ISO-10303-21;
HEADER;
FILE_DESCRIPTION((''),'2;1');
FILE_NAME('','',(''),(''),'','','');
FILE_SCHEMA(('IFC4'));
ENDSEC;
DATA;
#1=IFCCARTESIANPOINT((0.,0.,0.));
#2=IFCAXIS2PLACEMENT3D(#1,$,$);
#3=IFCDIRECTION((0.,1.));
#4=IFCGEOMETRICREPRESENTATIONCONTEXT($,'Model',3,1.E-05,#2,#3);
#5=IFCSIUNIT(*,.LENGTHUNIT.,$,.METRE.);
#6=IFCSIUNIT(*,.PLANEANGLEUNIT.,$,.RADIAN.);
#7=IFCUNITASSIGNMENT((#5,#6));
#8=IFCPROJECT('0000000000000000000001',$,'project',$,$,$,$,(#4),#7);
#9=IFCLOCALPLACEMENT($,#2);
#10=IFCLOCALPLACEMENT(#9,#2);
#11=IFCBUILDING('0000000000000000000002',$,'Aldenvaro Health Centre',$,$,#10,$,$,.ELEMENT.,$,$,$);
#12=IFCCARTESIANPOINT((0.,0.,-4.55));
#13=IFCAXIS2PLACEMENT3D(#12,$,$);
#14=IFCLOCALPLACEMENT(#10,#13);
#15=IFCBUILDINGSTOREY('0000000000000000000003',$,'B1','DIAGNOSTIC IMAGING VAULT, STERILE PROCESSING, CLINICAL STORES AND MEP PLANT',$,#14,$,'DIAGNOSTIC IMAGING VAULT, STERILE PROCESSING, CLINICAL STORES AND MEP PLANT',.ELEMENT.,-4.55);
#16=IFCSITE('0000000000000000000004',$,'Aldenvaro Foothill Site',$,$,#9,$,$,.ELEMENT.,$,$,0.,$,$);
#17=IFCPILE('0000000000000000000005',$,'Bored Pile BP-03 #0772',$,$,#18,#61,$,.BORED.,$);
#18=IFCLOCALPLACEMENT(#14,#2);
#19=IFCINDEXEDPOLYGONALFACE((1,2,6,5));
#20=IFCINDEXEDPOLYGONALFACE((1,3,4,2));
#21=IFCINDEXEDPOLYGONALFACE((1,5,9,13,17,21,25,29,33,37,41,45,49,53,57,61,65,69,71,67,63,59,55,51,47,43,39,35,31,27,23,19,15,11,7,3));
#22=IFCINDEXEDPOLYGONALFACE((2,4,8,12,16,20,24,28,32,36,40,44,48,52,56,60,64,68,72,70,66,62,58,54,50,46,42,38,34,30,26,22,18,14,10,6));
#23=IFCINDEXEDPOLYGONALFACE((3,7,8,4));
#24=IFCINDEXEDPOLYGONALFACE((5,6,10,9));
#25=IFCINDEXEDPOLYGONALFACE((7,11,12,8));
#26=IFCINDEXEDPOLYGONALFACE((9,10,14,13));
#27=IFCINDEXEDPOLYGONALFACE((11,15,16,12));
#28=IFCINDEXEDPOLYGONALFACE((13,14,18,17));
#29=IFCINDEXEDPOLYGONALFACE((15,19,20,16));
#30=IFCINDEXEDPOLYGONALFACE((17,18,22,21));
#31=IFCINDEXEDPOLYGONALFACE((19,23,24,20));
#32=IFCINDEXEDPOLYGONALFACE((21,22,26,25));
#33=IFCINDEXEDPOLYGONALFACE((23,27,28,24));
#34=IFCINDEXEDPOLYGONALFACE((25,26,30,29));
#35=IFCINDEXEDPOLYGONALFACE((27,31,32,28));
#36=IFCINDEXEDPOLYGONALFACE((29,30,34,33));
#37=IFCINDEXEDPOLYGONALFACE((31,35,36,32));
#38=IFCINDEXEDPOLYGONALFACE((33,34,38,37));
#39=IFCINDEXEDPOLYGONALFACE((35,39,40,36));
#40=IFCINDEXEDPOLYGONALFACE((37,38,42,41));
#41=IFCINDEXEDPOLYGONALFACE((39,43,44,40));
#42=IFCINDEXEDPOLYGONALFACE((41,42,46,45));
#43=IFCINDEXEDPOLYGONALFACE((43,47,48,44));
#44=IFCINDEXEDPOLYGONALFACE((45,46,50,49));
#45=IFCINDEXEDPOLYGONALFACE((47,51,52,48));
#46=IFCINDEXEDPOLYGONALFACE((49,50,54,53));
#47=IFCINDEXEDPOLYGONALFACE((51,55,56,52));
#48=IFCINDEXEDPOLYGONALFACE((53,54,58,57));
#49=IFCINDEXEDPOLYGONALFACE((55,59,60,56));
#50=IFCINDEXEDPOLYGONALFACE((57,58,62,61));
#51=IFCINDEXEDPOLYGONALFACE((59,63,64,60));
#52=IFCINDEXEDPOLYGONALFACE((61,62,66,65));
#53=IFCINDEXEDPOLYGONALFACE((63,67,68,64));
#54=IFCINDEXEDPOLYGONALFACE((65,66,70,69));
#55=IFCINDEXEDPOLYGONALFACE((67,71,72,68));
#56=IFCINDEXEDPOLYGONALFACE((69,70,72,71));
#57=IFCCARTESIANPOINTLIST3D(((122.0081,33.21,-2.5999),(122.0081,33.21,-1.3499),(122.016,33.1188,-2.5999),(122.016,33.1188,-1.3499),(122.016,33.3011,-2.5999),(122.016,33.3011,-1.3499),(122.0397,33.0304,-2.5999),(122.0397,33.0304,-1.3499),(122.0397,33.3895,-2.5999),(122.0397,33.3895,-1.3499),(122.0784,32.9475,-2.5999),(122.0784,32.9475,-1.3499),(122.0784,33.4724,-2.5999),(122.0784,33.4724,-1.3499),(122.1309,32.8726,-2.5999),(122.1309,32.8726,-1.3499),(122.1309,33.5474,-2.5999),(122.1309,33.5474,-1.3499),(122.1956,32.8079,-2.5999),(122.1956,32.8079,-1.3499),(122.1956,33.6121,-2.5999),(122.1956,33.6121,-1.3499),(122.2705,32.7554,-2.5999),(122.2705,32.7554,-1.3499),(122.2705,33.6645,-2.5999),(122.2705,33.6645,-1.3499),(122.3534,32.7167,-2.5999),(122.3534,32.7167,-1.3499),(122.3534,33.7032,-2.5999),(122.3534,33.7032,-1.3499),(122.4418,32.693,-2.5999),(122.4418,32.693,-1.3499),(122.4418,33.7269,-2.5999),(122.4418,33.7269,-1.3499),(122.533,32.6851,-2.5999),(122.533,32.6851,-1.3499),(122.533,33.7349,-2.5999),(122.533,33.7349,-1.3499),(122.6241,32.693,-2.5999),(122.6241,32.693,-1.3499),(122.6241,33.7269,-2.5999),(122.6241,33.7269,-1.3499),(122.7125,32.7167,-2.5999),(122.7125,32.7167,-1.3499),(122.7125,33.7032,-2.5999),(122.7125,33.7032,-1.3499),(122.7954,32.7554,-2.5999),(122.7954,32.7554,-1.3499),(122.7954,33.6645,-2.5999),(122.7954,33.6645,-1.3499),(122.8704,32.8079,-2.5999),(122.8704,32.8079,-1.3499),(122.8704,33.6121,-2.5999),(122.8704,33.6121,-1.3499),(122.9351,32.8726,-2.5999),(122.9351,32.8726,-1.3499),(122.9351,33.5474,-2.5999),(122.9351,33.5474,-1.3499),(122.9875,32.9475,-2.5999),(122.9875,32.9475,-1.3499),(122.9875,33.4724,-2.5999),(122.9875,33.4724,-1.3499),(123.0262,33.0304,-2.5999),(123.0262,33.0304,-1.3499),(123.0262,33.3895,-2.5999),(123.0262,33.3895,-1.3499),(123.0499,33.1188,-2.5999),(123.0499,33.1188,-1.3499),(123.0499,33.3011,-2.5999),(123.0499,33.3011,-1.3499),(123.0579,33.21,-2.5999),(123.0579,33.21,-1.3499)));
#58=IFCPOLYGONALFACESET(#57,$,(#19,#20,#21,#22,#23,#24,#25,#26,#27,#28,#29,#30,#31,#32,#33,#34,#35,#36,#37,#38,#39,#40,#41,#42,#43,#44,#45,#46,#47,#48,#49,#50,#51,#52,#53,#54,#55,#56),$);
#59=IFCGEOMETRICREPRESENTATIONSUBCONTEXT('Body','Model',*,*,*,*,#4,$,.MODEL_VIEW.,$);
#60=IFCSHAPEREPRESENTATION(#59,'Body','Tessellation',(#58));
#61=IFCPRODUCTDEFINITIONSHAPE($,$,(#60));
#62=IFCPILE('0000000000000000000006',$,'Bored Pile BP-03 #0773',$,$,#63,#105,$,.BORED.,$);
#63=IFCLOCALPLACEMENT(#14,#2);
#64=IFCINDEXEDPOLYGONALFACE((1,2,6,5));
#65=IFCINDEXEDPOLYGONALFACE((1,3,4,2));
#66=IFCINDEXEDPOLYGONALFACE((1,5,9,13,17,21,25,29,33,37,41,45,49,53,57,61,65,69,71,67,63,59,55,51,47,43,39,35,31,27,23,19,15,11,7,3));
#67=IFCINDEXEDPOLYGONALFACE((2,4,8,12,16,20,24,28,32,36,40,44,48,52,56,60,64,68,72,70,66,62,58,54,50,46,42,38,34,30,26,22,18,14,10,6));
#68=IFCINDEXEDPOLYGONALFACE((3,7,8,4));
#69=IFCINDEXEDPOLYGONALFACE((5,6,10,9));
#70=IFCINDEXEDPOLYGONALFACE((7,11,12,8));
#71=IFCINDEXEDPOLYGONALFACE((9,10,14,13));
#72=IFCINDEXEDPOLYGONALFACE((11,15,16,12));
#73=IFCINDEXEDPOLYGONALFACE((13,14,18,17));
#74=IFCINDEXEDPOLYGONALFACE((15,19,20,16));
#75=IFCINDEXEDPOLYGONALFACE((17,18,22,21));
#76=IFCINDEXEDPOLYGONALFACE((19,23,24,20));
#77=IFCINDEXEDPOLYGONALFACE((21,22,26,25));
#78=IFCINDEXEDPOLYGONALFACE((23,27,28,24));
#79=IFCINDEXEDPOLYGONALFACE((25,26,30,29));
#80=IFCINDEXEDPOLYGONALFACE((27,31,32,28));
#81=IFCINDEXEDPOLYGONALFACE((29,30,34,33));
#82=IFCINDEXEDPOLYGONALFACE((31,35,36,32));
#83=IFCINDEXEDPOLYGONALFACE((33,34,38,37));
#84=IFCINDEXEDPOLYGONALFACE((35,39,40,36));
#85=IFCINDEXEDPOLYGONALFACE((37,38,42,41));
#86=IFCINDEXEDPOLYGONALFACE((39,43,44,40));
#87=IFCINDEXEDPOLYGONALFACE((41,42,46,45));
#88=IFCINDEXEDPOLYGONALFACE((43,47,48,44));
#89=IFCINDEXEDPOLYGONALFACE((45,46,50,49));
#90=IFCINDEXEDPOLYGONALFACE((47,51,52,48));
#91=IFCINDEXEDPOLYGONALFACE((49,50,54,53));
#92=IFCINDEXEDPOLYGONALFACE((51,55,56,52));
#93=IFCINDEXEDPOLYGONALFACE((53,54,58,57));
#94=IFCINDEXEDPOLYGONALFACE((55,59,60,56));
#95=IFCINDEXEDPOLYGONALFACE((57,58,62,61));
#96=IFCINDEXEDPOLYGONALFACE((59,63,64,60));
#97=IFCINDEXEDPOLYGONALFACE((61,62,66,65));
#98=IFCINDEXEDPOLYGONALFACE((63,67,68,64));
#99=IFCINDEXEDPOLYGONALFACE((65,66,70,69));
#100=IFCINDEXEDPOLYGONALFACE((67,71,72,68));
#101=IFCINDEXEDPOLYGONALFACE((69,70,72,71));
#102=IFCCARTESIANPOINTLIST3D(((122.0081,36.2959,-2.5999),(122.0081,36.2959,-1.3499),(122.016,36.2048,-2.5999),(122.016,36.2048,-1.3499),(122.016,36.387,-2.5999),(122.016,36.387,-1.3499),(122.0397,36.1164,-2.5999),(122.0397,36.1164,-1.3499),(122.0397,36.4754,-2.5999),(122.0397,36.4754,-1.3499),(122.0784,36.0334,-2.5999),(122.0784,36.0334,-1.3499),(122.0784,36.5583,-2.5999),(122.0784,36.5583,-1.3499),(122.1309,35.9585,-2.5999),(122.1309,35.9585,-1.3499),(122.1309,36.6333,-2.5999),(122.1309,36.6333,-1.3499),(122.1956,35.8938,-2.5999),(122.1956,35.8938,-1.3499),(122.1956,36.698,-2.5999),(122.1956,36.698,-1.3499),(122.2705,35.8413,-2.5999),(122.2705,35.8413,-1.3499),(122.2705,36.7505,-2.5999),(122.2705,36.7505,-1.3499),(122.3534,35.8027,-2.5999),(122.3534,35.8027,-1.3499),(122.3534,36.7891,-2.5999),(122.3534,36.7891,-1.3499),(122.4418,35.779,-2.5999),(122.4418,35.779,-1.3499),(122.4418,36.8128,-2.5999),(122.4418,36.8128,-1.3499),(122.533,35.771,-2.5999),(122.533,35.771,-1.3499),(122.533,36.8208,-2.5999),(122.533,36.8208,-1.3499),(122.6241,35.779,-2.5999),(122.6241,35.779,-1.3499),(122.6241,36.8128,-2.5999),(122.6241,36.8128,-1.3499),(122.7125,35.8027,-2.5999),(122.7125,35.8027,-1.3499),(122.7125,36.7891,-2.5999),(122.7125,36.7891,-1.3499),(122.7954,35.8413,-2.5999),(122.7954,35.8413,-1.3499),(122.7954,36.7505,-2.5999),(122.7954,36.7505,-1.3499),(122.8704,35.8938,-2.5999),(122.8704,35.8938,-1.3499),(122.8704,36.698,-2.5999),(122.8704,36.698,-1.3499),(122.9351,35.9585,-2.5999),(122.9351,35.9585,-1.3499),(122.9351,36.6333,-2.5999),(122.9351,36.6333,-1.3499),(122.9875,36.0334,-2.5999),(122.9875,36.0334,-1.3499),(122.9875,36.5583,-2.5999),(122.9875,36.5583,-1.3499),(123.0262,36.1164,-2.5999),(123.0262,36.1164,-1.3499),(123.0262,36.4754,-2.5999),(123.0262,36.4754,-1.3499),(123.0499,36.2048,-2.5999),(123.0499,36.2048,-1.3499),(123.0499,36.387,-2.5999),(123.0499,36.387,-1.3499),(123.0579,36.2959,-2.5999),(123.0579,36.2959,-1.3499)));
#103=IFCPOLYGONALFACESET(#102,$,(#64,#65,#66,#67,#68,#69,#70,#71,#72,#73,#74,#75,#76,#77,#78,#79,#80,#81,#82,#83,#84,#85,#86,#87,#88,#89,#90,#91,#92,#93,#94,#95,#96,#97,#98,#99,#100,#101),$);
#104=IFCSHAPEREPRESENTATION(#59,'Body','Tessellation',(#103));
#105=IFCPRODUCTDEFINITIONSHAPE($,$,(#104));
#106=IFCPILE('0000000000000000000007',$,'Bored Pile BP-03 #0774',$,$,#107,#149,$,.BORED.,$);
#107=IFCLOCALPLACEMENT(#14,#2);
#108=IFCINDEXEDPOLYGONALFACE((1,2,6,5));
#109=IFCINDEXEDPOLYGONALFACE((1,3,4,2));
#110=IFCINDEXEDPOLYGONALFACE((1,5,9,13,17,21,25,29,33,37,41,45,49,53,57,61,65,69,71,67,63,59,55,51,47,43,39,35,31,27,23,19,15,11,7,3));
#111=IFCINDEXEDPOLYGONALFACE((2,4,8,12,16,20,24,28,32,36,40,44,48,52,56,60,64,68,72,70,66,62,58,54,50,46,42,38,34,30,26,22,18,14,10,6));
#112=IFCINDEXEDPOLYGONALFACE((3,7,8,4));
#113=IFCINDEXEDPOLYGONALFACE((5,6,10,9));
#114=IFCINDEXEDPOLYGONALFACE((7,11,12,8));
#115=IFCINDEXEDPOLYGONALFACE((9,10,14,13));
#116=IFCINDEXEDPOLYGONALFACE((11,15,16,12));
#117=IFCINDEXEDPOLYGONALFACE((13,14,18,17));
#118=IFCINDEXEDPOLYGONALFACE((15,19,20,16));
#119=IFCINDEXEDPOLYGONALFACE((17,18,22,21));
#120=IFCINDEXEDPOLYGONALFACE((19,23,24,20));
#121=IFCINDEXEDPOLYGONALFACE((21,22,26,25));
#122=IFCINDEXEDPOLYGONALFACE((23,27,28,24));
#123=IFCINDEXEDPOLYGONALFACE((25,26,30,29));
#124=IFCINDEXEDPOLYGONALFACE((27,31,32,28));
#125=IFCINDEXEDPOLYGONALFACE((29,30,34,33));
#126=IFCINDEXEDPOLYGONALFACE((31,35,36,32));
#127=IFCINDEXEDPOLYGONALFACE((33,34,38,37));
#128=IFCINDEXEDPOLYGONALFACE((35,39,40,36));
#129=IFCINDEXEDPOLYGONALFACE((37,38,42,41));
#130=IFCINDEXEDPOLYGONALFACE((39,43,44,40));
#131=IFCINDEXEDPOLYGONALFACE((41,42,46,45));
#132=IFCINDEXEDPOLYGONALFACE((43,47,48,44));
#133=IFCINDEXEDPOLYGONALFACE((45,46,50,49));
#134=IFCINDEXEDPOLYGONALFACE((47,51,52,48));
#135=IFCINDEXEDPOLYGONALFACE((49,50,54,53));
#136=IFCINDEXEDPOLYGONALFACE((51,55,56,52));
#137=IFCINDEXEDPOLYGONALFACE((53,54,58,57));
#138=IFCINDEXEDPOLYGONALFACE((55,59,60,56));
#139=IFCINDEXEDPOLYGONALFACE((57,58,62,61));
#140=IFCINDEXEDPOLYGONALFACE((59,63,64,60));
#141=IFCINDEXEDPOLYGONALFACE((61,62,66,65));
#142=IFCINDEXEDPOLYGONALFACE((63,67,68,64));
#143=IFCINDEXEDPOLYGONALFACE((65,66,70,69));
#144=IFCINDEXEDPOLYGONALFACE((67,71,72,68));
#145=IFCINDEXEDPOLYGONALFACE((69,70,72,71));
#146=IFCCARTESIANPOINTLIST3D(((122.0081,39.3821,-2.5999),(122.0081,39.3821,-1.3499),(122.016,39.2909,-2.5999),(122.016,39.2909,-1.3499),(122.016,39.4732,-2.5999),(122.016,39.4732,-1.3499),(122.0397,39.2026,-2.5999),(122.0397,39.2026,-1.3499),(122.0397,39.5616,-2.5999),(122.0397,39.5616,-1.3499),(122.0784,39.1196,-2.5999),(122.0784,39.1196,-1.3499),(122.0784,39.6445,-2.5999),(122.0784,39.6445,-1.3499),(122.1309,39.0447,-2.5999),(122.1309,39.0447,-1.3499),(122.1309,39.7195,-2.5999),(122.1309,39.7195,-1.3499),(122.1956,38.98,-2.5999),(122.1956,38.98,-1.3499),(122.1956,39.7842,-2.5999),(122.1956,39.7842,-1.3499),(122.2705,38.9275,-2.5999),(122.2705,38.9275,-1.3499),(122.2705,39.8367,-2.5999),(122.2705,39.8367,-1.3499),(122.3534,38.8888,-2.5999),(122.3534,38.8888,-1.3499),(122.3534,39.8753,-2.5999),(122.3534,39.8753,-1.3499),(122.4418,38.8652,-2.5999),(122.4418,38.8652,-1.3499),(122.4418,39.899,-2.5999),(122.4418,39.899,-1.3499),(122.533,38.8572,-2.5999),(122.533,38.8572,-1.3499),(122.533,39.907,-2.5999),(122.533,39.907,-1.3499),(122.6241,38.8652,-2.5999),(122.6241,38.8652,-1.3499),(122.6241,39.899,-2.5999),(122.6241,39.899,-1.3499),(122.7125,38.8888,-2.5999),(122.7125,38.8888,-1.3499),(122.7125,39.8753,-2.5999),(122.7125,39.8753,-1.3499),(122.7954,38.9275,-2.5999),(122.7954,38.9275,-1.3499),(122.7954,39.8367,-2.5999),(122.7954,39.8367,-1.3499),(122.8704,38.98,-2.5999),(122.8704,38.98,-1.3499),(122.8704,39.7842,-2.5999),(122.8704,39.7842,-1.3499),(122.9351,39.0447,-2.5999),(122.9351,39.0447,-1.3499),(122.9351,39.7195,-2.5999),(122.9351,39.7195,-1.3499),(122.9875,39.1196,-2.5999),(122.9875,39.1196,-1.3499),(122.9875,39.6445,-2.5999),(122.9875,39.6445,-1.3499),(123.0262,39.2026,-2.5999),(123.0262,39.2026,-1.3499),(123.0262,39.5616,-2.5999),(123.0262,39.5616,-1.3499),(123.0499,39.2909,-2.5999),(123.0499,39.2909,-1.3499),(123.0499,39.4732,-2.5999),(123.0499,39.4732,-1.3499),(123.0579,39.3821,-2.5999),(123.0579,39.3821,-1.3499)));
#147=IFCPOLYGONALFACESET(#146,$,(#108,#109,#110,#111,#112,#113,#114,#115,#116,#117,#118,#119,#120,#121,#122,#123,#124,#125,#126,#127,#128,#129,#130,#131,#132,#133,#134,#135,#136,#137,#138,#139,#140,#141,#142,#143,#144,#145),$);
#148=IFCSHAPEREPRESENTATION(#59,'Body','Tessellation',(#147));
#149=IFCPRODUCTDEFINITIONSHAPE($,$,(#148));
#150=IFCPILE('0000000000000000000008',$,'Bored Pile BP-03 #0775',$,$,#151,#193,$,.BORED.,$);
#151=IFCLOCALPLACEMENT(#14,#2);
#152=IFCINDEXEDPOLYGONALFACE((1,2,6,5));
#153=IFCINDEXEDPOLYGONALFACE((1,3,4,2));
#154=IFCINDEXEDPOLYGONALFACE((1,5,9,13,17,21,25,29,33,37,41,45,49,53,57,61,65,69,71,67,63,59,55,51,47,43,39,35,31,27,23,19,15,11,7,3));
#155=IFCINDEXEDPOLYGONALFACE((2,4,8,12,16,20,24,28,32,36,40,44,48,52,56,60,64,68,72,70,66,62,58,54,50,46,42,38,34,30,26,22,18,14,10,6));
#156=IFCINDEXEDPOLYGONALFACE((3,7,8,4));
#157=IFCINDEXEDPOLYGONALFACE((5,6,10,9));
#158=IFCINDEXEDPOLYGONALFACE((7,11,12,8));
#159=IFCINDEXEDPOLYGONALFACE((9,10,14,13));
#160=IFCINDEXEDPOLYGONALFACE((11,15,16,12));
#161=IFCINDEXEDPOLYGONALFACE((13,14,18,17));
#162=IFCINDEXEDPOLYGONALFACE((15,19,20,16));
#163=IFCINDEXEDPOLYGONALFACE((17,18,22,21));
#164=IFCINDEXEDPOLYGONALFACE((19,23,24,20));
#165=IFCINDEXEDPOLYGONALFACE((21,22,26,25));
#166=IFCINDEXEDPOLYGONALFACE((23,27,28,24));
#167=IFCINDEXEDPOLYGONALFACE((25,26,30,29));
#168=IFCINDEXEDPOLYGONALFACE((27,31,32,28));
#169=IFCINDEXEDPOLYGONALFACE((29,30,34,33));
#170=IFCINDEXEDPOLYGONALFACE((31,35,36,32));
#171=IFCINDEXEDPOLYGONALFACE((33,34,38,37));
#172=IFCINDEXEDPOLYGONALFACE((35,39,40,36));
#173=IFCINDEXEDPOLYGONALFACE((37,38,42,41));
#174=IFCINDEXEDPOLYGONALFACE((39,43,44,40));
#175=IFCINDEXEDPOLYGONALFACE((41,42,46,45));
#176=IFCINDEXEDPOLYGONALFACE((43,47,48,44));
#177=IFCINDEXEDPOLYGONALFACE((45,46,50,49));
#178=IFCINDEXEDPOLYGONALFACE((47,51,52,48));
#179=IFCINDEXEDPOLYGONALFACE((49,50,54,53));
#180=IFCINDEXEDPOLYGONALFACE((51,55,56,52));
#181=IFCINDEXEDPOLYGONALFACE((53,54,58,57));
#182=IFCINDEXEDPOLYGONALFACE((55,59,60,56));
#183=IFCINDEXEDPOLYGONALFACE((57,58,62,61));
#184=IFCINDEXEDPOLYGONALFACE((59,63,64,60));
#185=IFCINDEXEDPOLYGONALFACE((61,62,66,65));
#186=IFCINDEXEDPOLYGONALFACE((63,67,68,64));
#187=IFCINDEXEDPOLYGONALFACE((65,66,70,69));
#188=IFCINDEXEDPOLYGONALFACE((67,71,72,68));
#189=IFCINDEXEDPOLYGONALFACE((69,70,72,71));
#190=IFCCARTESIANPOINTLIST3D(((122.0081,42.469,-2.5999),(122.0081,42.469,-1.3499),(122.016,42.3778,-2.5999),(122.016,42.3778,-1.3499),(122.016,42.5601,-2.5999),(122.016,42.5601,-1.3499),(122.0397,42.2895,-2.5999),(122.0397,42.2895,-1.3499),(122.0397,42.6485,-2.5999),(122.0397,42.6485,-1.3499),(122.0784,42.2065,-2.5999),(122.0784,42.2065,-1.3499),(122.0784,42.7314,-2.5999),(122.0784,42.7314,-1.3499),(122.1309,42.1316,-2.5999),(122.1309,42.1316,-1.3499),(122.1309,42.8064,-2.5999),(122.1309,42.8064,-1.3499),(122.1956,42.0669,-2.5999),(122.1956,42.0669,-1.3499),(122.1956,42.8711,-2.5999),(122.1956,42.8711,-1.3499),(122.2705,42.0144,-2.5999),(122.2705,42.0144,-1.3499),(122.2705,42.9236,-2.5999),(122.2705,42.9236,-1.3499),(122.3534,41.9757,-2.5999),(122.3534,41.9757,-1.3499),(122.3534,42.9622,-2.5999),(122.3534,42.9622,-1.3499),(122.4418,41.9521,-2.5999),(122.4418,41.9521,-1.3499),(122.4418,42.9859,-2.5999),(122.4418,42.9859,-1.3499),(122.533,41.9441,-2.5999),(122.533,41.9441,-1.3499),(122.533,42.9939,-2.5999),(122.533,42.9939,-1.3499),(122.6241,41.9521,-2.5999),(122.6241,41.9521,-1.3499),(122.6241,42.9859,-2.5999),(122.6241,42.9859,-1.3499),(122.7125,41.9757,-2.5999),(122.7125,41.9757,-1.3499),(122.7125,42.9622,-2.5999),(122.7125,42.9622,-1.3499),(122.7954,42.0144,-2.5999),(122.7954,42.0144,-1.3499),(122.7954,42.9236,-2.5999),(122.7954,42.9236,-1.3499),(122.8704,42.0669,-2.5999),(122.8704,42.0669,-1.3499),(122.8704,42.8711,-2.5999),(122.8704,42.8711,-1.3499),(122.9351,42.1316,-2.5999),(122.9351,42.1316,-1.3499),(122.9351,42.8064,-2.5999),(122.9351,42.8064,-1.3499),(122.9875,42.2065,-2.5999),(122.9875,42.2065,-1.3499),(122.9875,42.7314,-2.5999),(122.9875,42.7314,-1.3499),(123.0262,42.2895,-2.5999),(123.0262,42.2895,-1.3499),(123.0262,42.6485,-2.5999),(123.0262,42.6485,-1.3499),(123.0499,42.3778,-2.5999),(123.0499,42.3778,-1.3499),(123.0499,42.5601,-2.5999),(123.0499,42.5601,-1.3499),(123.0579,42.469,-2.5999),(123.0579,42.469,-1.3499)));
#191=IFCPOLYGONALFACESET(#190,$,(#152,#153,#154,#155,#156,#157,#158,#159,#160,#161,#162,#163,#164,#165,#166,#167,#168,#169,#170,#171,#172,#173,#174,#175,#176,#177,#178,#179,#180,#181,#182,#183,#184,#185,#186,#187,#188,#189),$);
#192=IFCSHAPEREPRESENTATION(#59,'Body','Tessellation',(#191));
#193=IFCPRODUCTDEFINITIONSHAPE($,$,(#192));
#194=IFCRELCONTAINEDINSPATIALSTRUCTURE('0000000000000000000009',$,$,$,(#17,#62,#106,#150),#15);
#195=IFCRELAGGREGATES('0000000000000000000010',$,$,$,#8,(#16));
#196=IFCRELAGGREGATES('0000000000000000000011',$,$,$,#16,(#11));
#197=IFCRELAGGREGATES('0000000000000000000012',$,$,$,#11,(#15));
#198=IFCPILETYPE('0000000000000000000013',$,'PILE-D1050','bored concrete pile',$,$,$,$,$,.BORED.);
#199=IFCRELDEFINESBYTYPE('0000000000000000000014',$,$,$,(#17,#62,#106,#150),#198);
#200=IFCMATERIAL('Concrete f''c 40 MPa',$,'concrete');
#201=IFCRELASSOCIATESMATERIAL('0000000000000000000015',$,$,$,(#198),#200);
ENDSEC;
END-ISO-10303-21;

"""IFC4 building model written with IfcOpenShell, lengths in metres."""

from ifc_helpers import new_model, si_unit, direction, frame, origin, origin_2d, place, context, subcontext, project, spatial, circle, extrude, material, material_profile, profile_set, type_object, element, save


model = new_model("IFC4")

# Units and contexts
model_context = context("Model", 3, precision=1e-05, world=origin(), true_north=direction((0.0, 1.0)))
body_context = subcontext(model_context, "Body", "Model", "MODEL_VIEW")
ifc_project = project(units=[si_unit("LENGTHUNIT", "METRE"), si_unit("PLANEANGLEUNIT", "RADIAN")], contexts=[model_context])

# Site, building, storey
site_placement = place(None, origin())
site = spatial("IfcSite", under=ifc_project, at=site_placement, Name="Aldenvaro Foothill Site", CompositionType="ELEMENT", RefElevation=0.0)
building_placement = place(site_placement, origin())
building = spatial("IfcBuilding", under=site, at=building_placement, Name="Aldenvaro Health Centre", CompositionType="ELEMENT")
storey_placement = place(building_placement, frame((0.0, 0.0, -4.55)))
storey = spatial("IfcBuildingStorey", under=building, at=storey_placement, Name="B1", Description="DIAGNOSTIC IMAGING VAULT, STERILE PROCESSING, CLINICAL STORES AND MEP PLANT", LongName="DIAGNOSTIC IMAGING VAULT, STERILE PROCESSING, CLINICAL STORES AND MEP PLANT", CompositionType="ELEMENT", Elevation=-4.55)

# Piles
ifc_material = material(Name="Concrete f'c 40 MPa", Category="concrete")
ifc_material_profile_1 = material_profile(ifc_material, circle(Radius=0.5249, at=origin_2d()), Name="PILE D1050", Category="concrete")
ifc_profile_set_1 = profile_set([ifc_material_profile_1], Name="Concrete f'c 40 MPa")
pile_type = type_object("IfcPileType", Name="PILE-D1050", Description="bored concrete pile", PredefinedType="BORED", material=ifc_profile_set_1)
for number, where, z_axis, x_axis, name in (
    (1, (122.533, 33.21, -1.3499), (0.0, 0.0, -1.0), (1.0, 0.0, 0.0), "Bored Pile BP-03 #0772"),
    (2, (122.533, 36.2959, -1.3499), (0.0, 0.0, -1.0), (1.0, 0.0, 0.0), "Bored Pile BP-03 #0773"),
    (3, (122.533, 39.3821, -1.3499), (0.0, 0.0, -1.0), (1.0, 0.0, 0.0), "Bored Pile BP-03 #0774"),
    (4, (122.533, 42.469, -1.3499), (0.0, 0.0, -1.0), (1.0, 0.0, 0.0), "Bored Pile BP-03 #0775"),
):
    element("IfcPile", number, at=place(storey_placement, frame(where, z_axis=z_axis, x_axis=x_axis)), inside=storey, type_object=pile_type, Name=name, PredefinedType="BORED", context=body_context, shape_type="SweptSolid", body=[
        extrude(circle(Radius=0.5249, at=origin_2d()), origin(), (0.0, 0.0, 1.0), 1.25),
    ])

save(model, "model.ifc")
